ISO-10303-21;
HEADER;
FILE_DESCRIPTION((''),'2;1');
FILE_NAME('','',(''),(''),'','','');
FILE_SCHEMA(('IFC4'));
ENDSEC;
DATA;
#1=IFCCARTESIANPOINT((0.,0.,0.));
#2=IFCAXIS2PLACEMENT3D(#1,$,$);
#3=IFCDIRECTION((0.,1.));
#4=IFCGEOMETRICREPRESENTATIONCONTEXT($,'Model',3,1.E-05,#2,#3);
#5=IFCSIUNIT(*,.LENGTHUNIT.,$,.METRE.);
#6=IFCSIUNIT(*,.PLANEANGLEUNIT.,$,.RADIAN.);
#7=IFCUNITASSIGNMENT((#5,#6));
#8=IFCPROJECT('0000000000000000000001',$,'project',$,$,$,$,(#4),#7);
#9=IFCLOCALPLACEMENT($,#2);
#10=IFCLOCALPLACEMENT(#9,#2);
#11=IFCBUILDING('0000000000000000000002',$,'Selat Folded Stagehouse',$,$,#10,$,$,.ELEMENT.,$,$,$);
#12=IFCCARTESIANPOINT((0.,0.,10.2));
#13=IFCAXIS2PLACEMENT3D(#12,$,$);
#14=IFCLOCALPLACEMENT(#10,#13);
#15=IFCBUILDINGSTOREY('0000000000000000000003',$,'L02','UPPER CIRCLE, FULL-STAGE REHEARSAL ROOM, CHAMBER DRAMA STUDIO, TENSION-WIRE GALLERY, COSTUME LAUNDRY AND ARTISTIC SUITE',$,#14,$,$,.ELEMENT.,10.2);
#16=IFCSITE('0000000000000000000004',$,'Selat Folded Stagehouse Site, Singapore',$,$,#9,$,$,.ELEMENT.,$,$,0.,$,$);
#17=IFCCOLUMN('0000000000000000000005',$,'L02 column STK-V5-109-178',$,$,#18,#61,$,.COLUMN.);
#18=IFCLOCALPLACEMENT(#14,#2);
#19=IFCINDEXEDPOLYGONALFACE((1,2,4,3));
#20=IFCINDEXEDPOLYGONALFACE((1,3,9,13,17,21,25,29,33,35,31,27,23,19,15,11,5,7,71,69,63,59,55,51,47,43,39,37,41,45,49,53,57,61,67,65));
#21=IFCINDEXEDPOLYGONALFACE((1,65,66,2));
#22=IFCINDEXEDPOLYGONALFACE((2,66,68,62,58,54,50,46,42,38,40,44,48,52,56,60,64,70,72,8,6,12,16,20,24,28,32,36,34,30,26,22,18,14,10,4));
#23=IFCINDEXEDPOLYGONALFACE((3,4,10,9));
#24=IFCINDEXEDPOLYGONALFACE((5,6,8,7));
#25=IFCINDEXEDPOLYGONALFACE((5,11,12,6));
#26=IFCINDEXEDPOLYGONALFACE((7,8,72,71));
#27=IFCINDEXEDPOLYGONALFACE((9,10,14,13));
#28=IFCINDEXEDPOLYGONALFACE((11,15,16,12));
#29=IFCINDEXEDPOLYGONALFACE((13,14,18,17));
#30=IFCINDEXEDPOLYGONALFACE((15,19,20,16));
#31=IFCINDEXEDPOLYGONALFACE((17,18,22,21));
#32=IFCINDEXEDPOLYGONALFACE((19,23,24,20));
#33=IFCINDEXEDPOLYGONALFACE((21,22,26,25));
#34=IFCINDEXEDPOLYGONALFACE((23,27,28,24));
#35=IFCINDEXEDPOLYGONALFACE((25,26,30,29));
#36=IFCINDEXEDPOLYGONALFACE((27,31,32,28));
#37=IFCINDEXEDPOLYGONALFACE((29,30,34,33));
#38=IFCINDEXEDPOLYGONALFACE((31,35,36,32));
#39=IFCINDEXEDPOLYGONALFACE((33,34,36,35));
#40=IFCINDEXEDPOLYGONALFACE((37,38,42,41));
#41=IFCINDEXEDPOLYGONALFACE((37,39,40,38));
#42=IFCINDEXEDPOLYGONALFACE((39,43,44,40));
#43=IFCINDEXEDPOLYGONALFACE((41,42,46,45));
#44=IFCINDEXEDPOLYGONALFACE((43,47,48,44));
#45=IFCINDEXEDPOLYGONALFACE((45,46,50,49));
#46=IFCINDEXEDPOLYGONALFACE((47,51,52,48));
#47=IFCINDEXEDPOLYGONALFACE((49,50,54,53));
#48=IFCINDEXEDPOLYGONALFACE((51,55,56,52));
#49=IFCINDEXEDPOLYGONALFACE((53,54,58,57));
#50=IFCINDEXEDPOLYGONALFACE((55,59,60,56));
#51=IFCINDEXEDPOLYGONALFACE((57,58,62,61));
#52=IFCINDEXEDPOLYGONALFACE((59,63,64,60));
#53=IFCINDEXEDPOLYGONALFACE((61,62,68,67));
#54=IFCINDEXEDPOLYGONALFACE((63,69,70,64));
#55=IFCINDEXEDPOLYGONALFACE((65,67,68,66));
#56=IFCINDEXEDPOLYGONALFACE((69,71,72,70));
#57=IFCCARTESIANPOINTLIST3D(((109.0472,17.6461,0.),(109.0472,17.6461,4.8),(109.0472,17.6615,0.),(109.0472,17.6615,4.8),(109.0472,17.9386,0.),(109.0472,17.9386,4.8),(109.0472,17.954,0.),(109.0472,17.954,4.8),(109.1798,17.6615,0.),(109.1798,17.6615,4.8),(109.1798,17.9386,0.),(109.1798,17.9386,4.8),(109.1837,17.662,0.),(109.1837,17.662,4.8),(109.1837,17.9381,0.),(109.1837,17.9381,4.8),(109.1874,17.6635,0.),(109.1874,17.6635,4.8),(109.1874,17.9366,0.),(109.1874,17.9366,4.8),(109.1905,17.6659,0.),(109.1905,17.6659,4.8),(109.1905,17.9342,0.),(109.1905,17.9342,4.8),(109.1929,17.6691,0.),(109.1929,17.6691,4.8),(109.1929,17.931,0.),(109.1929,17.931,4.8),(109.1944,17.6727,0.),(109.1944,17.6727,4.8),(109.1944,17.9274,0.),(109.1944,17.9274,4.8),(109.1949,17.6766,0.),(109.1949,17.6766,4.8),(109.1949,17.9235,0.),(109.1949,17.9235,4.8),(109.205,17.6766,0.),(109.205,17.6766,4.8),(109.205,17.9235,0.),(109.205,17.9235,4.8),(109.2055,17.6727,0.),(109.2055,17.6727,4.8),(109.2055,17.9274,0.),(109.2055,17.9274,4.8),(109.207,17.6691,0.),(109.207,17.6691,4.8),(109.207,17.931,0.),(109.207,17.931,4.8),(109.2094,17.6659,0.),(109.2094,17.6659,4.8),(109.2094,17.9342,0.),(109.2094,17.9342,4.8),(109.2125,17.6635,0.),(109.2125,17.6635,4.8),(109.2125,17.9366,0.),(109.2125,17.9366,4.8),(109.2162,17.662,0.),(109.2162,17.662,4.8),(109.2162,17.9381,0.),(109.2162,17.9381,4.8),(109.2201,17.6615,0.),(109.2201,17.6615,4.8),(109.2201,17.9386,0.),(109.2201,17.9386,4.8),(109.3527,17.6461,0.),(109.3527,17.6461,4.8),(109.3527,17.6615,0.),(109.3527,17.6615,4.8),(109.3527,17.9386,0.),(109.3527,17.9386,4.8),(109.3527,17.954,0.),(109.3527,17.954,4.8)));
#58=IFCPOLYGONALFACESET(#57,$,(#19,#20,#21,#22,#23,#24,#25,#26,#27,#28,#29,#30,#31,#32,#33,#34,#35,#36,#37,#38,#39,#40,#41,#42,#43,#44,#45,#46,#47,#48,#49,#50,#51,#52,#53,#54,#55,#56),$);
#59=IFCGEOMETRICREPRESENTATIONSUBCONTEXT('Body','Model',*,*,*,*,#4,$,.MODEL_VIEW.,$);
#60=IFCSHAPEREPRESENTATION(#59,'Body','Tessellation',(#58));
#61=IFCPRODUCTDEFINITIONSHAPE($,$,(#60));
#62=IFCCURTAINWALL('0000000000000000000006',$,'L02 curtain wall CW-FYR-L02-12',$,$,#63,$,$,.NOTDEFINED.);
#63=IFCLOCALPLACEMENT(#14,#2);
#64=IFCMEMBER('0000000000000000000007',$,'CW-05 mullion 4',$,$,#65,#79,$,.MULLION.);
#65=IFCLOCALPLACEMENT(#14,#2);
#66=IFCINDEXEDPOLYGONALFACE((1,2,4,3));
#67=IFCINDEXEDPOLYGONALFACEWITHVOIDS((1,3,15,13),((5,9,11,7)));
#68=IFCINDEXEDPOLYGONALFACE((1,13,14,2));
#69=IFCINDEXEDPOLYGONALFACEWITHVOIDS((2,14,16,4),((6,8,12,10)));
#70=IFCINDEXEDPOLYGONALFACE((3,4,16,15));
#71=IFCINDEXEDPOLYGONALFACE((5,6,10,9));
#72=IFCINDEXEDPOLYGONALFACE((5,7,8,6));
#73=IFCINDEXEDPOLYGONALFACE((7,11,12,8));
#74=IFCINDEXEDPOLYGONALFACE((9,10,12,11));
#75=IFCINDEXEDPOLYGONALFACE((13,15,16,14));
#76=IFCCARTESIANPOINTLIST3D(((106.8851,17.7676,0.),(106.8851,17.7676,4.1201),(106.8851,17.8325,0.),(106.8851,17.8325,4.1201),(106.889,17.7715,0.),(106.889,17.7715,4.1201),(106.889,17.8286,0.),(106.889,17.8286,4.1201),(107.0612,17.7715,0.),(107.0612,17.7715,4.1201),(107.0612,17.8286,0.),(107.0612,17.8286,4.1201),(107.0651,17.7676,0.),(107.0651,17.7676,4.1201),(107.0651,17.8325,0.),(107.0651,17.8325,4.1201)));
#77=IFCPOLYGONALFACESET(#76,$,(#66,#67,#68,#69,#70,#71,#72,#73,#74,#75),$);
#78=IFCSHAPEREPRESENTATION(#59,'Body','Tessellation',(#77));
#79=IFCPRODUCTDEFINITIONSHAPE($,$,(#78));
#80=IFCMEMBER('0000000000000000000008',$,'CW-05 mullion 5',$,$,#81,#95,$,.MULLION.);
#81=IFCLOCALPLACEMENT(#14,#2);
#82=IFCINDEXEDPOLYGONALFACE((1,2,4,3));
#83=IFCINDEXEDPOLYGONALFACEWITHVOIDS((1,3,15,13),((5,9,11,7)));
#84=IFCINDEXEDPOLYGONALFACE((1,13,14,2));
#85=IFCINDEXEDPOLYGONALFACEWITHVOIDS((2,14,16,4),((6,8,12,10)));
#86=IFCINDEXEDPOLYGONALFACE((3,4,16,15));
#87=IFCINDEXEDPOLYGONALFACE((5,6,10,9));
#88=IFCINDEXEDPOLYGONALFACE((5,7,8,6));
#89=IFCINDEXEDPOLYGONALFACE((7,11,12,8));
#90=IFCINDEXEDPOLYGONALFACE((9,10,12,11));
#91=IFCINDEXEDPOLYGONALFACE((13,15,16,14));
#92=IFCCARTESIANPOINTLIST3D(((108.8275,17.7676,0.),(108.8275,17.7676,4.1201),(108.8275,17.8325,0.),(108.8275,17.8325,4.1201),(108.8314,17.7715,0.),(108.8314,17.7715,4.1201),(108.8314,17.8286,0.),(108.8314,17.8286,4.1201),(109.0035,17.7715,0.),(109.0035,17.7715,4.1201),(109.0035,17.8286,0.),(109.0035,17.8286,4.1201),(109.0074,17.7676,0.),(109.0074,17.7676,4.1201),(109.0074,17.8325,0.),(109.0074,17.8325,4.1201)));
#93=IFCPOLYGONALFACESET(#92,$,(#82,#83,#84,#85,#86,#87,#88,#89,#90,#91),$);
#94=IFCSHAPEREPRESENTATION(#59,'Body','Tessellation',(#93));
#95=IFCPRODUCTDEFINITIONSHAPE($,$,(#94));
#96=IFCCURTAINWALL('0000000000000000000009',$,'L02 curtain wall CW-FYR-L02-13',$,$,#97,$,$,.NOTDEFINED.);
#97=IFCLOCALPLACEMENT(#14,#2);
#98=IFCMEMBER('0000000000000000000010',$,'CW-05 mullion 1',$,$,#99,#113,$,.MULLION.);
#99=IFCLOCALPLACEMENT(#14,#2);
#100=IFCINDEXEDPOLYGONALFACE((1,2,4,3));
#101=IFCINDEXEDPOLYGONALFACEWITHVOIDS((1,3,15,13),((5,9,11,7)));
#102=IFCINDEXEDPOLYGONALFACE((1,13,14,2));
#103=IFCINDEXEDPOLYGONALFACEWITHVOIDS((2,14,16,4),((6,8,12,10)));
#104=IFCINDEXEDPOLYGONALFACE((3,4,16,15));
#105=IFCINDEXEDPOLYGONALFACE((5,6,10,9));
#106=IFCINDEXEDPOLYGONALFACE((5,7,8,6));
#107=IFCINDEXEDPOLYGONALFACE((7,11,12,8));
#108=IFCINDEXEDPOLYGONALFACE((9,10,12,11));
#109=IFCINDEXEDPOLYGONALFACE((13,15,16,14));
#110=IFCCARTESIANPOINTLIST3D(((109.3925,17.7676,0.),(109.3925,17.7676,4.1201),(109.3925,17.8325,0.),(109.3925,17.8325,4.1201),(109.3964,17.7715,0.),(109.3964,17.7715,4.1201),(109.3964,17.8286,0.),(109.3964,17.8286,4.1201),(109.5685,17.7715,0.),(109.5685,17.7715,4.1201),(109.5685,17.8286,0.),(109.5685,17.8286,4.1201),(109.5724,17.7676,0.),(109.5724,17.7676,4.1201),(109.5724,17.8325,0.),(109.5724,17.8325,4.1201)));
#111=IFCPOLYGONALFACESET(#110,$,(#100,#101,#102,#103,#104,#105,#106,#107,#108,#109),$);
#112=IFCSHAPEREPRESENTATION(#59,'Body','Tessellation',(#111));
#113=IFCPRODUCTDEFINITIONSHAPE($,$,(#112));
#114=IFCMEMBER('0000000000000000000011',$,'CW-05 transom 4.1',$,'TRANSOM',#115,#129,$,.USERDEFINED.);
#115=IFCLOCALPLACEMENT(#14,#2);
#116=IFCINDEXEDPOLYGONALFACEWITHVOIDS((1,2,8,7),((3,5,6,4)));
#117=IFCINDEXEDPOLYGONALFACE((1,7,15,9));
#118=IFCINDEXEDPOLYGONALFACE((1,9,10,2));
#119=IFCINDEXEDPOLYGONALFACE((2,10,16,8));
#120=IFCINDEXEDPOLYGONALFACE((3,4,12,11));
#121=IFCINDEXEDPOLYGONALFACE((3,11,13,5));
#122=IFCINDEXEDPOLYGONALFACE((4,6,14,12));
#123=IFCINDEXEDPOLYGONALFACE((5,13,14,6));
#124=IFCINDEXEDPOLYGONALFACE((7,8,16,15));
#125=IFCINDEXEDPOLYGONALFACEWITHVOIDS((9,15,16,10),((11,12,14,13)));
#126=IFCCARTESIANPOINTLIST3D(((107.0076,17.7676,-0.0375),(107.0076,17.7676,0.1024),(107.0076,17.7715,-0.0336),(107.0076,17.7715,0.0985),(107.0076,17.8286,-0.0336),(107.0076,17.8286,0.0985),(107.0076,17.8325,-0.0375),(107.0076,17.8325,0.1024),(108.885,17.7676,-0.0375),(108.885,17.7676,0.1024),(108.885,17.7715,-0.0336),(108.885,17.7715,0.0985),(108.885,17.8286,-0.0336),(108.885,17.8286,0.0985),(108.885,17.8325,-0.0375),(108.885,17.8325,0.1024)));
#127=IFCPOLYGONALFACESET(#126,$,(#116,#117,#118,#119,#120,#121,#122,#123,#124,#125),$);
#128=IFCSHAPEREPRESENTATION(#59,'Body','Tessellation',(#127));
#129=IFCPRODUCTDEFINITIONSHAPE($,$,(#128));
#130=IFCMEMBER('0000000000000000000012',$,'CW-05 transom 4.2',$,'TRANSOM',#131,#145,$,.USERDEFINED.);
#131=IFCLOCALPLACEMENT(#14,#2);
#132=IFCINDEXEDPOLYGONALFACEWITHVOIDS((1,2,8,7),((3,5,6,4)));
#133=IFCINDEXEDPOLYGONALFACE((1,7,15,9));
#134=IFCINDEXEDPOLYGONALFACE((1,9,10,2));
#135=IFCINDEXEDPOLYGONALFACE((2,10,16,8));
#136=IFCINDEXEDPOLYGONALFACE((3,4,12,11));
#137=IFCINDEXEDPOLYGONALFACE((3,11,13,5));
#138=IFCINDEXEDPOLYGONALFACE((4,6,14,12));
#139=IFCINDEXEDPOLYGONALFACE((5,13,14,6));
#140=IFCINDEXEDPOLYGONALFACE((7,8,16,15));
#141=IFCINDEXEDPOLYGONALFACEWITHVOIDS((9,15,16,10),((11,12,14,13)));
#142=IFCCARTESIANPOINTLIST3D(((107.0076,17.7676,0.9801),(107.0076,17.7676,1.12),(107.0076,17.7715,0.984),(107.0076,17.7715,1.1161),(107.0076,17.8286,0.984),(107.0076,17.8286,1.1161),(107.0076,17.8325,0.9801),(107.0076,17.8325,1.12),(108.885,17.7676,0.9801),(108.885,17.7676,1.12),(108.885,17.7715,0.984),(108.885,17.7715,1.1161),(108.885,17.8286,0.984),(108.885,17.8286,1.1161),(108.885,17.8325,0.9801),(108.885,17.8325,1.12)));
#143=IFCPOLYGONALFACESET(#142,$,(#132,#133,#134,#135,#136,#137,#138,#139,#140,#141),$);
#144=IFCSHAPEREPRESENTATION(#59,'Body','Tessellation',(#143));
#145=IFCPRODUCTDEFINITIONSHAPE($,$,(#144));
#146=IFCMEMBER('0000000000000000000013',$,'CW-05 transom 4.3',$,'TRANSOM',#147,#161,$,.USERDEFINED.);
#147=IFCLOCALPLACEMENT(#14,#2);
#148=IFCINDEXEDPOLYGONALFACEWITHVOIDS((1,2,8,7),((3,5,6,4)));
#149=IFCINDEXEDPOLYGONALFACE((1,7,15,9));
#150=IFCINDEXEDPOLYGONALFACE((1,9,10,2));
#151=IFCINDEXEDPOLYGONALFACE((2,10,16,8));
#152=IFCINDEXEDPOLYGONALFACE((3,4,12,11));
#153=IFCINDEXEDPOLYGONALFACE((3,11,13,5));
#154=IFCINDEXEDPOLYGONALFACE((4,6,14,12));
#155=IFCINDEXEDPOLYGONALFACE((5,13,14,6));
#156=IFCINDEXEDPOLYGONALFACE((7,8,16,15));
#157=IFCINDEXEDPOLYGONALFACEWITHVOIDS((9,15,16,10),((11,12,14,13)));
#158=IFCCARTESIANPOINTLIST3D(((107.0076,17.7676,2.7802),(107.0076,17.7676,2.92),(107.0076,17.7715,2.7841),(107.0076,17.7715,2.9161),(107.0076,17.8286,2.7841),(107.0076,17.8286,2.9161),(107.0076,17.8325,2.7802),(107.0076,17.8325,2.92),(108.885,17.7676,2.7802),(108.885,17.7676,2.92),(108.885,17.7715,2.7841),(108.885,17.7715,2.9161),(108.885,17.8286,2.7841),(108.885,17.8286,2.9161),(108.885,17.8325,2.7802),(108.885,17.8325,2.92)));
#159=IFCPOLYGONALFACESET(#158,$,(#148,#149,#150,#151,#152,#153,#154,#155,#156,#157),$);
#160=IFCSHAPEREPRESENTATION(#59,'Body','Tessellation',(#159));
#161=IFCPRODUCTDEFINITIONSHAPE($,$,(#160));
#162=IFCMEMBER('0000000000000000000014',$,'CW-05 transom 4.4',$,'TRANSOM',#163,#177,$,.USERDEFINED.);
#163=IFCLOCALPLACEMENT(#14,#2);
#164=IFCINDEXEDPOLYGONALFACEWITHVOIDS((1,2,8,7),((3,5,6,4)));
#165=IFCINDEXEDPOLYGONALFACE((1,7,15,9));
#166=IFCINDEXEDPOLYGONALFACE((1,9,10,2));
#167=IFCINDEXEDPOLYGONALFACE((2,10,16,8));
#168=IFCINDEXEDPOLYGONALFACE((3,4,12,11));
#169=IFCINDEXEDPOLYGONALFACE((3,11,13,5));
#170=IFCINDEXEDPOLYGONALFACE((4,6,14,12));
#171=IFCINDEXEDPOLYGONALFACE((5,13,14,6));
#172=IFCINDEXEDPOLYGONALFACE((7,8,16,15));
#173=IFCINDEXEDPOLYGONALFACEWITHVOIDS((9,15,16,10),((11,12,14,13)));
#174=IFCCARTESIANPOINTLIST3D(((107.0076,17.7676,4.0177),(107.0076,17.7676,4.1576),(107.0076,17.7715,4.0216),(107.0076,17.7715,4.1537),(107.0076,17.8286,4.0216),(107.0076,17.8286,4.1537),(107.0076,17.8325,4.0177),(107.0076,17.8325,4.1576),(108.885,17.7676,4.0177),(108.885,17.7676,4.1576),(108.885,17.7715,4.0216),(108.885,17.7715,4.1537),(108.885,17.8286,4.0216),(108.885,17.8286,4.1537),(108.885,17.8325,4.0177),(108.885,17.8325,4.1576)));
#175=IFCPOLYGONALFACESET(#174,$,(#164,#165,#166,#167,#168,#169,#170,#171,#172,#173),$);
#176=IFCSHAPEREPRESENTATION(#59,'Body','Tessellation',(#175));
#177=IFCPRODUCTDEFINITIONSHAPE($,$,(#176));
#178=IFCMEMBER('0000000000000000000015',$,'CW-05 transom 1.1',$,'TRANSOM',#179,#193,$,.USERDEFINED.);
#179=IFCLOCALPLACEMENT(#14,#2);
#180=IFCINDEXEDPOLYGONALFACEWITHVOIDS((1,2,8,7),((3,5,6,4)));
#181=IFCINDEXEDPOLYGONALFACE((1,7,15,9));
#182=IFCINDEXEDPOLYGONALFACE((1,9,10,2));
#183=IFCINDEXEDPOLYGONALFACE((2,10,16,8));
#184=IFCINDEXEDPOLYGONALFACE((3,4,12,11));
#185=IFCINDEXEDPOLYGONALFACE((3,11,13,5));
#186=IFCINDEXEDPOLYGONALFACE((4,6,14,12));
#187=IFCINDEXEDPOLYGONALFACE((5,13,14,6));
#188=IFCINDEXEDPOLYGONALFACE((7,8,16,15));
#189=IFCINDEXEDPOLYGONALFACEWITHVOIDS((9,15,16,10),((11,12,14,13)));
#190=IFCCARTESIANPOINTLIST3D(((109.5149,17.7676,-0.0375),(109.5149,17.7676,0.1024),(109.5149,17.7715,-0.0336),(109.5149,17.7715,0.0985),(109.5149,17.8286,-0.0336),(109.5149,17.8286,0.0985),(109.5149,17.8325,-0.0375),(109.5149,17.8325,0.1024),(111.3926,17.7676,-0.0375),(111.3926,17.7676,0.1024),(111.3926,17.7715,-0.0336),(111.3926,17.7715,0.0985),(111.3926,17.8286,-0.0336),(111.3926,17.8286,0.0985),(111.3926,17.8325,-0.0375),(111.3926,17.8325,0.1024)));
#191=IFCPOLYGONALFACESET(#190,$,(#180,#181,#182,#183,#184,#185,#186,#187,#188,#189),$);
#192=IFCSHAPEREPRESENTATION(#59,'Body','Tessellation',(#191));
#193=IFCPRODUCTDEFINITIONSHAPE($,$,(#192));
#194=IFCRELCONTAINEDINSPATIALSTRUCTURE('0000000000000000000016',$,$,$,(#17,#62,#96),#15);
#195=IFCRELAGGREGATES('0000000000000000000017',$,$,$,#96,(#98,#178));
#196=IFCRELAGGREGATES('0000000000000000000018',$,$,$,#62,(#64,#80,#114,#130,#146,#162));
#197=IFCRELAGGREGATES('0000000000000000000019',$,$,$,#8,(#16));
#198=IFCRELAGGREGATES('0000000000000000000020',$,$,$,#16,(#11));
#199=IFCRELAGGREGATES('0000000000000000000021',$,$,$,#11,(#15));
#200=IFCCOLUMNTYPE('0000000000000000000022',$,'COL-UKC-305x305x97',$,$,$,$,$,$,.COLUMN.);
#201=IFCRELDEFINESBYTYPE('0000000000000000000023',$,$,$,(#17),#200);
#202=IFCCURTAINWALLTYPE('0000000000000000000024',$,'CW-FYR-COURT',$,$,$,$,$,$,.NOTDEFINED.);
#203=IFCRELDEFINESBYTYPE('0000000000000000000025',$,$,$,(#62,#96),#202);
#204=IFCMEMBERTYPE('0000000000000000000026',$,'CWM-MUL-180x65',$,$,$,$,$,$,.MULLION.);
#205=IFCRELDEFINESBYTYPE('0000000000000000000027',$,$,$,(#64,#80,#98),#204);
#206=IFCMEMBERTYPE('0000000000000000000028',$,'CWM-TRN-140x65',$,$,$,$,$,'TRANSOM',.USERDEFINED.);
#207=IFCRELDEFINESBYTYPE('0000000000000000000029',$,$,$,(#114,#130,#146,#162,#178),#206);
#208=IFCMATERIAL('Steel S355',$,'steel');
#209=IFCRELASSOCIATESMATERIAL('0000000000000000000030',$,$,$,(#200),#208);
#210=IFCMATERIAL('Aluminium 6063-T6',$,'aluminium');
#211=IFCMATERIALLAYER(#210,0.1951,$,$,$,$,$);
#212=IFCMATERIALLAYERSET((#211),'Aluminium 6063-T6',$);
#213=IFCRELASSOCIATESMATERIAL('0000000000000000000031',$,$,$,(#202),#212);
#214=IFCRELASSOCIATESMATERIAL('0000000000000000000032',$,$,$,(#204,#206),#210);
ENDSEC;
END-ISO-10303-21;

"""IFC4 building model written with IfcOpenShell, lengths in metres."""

from ifc_helpers import new_model, si_unit, direction, frame, origin, origin_2d, place, context, subcontext, project, spatial, hollow_rectangle, i_section, extrude, material, layer, layer_set, material_profile, profile_set, type_object, element, aggregate, save


model = new_model("IFC4")

# Units and contexts
model_context = context("Model", 3, precision=1e-05, world=origin(), true_north=direction((0.0, 1.0)))
body_context = subcontext(model_context, "Body", "Model", "MODEL_VIEW")
ifc_project = project(units=[si_unit("LENGTHUNIT", "METRE"), si_unit("PLANEANGLEUNIT", "RADIAN")], contexts=[model_context])

# Site, building, storey
site_placement = place(None, origin())
site = spatial("IfcSite", under=ifc_project, at=site_placement, Name="Selat Folded Stagehouse Site, Singapore", CompositionType="ELEMENT", RefElevation=0.0)
building_placement = place(site_placement, origin())
building = spatial("IfcBuilding", under=site, at=building_placement, Name="Selat Folded Stagehouse", CompositionType="ELEMENT")
storey_placement = place(building_placement, frame((0.0, 0.0, 10.2)))
storey = spatial("IfcBuildingStorey", under=building, at=storey_placement, Name="L02", Description="UPPER CIRCLE, FULL-STAGE REHEARSAL ROOM, CHAMBER DRAMA STUDIO, TENSION-WIRE GALLERY, COSTUME LAUNDRY AND ARTISTIC SUITE", CompositionType="ELEMENT", Elevation=10.2)

# Column
ifc_material_1 = material(Name="Steel S355", Category="steel")
ifc_material_profile_1 = material_profile(ifc_material_1, i_section(OverallWidth=0.3054, OverallDepth=0.3079, WebThickness=0.01, FlangeThickness=0.0154, FilletRadius=0.0151, at=origin_2d()), Name="UKC 305x305x97")
ifc_profile_set_1 = profile_set([ifc_material_profile_1], Name="Steel S355")
column_type = type_object("IfcColumnType", Name="COL-UKC-305x305x97", PredefinedType="COLUMN", material=ifc_profile_set_1)
column_placement = place(storey_placement, frame((109.2, 17.8, 0.0), z_axis=(0.0, 0.0, 1.0), x_axis=(1.0, 0.0, 0.0)))
element("IfcColumn", 1, at=column_placement, inside=storey, type_object=column_type, Name="L02 column STK-V5-109-178", PredefinedType="COLUMN", context=body_context, shape_type="SweptSolid", body=[
    extrude(i_section(OverallWidth=0.3054, OverallDepth=0.3079, WebThickness=0.01, FlangeThickness=0.0154, FilletRadius=0.0151, at=origin_2d()), origin(), (0.0, 0.0, 1.0), 4.8),
])

# Curtain wall, members
ifc_material_2 = material(Name="Aluminium 6063-T6", Category="aluminium")
ifc_layer_1 = layer(ifc_material_2, 0.1951)
ifc_layer_set_1 = layer_set([ifc_layer_1], Name="Aluminium 6063-T6")
curtain_wall_type_1 = type_object("IfcCurtainWallType", Name="CW-FYR-COURT", PredefinedType="NOTDEFINED", material=ifc_layer_set_1)
curtain_wall_1_placement = place(storey_placement, origin())
curtain_wall_1 = element("IfcCurtainWall", 2, at=curtain_wall_1_placement, inside=storey, type_object=curtain_wall_type_1, Name="L02 curtain wall CW-FYR-L02-12", PredefinedType="NOTDEFINED")
ifc_material_profile_2 = material_profile(ifc_material_2, hollow_rectangle(XDim=0.0649, YDim=0.1799, WallThickness=0.0039, at=origin_2d()), Name="ALU 180x65x4.0")
ifc_profile_set_2 = profile_set([ifc_material_profile_2], Name="Aluminium 6063-T6")
member_type_1 = type_object("IfcMemberType", Name="CWM-MUL-180x65", PredefinedType="MULLION", material=ifc_profile_set_2)
member_1_placement = place(storey_placement, frame((106.9751, 17.8, 0.0), z_axis=(0.0, 0.0, 1.0), x_axis=(0.0, 1.0, 0.0)))
member_1 = element("IfcMember", 3, at=member_1_placement, type_object=member_type_1, Name="CW-05 mullion 4", PredefinedType="MULLION", context=body_context, shape_type="SweptSolid", body=[
    extrude(hollow_rectangle(XDim=0.0649, YDim=0.1799, WallThickness=0.0039, at=origin_2d()), origin(), (0.0, 0.0, 1.0), 4.1201),
])
member_2_placement = place(storey_placement, frame((108.9175, 17.8, 0.0), z_axis=(0.0, 0.0, 1.0), x_axis=(0.0, 1.0, 0.0)))
member_2 = element("IfcMember", 4, at=member_2_placement, type_object=member_type_1, Name="CW-05 mullion 5", PredefinedType="MULLION", context=body_context, shape_type="SweptSolid", body=[
    extrude(hollow_rectangle(XDim=0.0649, YDim=0.1799, WallThickness=0.0039, at=origin_2d()), origin(), (0.0, 0.0, 1.0), 4.1201),
])

# Curtain wall, member
curtain_wall_2_placement = place(storey_placement, origin())
curtain_wall_2 = element("IfcCurtainWall", 5, at=curtain_wall_2_placement, inside=storey, type_object=curtain_wall_type_1, Name="L02 curtain wall CW-FYR-L02-13", PredefinedType="NOTDEFINED")
member_3_placement = place(storey_placement, frame((109.4824, 17.8, 0.0), z_axis=(0.0, 0.0, 1.0), x_axis=(0.0, 1.0, 0.0)))
member_3 = element("IfcMember", 6, at=member_3_placement, type_object=member_type_1, Name="CW-05 mullion 1", PredefinedType="MULLION", context=body_context, shape_type="SweptSolid", body=[
    extrude(hollow_rectangle(XDim=0.0649, YDim=0.1799, WallThickness=0.0039, at=origin_2d()), origin(), (0.0, 0.0, 1.0), 4.1201),
])

# Members
ifc_material_profile_3 = material_profile(ifc_material_2, hollow_rectangle(XDim=0.0649, YDim=0.1399, WallThickness=0.0039, at=origin_2d()), Name="ALU 140x65x4.0")
ifc_profile_set_3 = profile_set([ifc_material_profile_3], Name="Aluminium 6063-T6")
member_type_2 = type_object("IfcMemberType", Name="CWM-TRN-140x65", ElementType="TRANSOM", PredefinedType="USERDEFINED", material=ifc_profile_set_3)
member_4_placement = place(storey_placement, frame((107.0076, 17.8, 0.0325), z_axis=(1.0, 0.0, 0.0), x_axis=(0.0, 1.0, 0.0)))
member_4 = element("IfcMember", 7, at=member_4_placement, type_object=member_type_2, Name="CW-05 transom 4.1", ObjectType="TRANSOM", PredefinedType="USERDEFINED", context=body_context, shape_type="SweptSolid", body=[
    extrude(hollow_rectangle(XDim=0.0649, YDim=0.1399, WallThickness=0.0039, at=origin_2d()), origin(), (0.0, 0.0, 1.0), 1.8774),
])
member_5_placement = place(storey_placement, frame((107.0076, 17.8, 1.05), z_axis=(1.0, 0.0, 0.0), x_axis=(0.0, 1.0, 0.0)))
member_5 = element("IfcMember", 8, at=member_5_placement, type_object=member_type_2, Name="CW-05 transom 4.2", ObjectType="TRANSOM", PredefinedType="USERDEFINED", context=body_context, shape_type="SweptSolid", body=[
    extrude(hollow_rectangle(XDim=0.0649, YDim=0.1399, WallThickness=0.0039, at=origin_2d()), origin(), (0.0, 0.0, 1.0), 1.8774),
])
member_6_placement = place(storey_placement, frame((107.0076, 17.8, 2.8501), z_axis=(1.0, 0.0, 0.0), x_axis=(0.0, 1.0, 0.0)))
member_6 = element("IfcMember", 9, at=member_6_placement, type_object=member_type_2, Name="CW-05 transom 4.3", ObjectType="TRANSOM", PredefinedType="USERDEFINED", context=body_context, shape_type="SweptSolid", body=[
    extrude(hollow_rectangle(XDim=0.0649, YDim=0.1399, WallThickness=0.0039, at=origin_2d()), origin(), (0.0, 0.0, 1.0), 1.8774),
])
member_7_placement = place(storey_placement, frame((107.0076, 17.8, 4.0876), z_axis=(1.0, 0.0, 0.0), x_axis=(0.0, 1.0, 0.0)))
member_7 = element("IfcMember", 10, at=member_7_placement, type_object=member_type_2, Name="CW-05 transom 4.4", ObjectType="TRANSOM", PredefinedType="USERDEFINED", context=body_context, shape_type="SweptSolid", body=[
    extrude(hollow_rectangle(XDim=0.0649, YDim=0.1399, WallThickness=0.0039, at=origin_2d()), origin(), (0.0, 0.0, 1.0), 1.8774),
])
member_8_placement = place(storey_placement, frame((109.5149, 17.8, 0.0325), z_axis=(1.0, 0.0, 0.0), x_axis=(0.0, 1.0, 0.0)))
member_8 = element("IfcMember", 11, at=member_8_placement, type_object=member_type_2, Name="CW-05 transom 1.1", ObjectType="TRANSOM", PredefinedType="USERDEFINED", context=body_context, shape_type="SweptSolid", body=[
    extrude(hollow_rectangle(XDim=0.0649, YDim=0.1399, WallThickness=0.0039, at=origin_2d()), origin(), (0.0, 0.0, 1.0), 1.8777),
])
aggregate(curtain_wall_2, [member_3, member_8])

aggregate(curtain_wall_1, [member_1, member_2, member_4, member_5, member_6, member_7])

save(model, "model.ifc")
